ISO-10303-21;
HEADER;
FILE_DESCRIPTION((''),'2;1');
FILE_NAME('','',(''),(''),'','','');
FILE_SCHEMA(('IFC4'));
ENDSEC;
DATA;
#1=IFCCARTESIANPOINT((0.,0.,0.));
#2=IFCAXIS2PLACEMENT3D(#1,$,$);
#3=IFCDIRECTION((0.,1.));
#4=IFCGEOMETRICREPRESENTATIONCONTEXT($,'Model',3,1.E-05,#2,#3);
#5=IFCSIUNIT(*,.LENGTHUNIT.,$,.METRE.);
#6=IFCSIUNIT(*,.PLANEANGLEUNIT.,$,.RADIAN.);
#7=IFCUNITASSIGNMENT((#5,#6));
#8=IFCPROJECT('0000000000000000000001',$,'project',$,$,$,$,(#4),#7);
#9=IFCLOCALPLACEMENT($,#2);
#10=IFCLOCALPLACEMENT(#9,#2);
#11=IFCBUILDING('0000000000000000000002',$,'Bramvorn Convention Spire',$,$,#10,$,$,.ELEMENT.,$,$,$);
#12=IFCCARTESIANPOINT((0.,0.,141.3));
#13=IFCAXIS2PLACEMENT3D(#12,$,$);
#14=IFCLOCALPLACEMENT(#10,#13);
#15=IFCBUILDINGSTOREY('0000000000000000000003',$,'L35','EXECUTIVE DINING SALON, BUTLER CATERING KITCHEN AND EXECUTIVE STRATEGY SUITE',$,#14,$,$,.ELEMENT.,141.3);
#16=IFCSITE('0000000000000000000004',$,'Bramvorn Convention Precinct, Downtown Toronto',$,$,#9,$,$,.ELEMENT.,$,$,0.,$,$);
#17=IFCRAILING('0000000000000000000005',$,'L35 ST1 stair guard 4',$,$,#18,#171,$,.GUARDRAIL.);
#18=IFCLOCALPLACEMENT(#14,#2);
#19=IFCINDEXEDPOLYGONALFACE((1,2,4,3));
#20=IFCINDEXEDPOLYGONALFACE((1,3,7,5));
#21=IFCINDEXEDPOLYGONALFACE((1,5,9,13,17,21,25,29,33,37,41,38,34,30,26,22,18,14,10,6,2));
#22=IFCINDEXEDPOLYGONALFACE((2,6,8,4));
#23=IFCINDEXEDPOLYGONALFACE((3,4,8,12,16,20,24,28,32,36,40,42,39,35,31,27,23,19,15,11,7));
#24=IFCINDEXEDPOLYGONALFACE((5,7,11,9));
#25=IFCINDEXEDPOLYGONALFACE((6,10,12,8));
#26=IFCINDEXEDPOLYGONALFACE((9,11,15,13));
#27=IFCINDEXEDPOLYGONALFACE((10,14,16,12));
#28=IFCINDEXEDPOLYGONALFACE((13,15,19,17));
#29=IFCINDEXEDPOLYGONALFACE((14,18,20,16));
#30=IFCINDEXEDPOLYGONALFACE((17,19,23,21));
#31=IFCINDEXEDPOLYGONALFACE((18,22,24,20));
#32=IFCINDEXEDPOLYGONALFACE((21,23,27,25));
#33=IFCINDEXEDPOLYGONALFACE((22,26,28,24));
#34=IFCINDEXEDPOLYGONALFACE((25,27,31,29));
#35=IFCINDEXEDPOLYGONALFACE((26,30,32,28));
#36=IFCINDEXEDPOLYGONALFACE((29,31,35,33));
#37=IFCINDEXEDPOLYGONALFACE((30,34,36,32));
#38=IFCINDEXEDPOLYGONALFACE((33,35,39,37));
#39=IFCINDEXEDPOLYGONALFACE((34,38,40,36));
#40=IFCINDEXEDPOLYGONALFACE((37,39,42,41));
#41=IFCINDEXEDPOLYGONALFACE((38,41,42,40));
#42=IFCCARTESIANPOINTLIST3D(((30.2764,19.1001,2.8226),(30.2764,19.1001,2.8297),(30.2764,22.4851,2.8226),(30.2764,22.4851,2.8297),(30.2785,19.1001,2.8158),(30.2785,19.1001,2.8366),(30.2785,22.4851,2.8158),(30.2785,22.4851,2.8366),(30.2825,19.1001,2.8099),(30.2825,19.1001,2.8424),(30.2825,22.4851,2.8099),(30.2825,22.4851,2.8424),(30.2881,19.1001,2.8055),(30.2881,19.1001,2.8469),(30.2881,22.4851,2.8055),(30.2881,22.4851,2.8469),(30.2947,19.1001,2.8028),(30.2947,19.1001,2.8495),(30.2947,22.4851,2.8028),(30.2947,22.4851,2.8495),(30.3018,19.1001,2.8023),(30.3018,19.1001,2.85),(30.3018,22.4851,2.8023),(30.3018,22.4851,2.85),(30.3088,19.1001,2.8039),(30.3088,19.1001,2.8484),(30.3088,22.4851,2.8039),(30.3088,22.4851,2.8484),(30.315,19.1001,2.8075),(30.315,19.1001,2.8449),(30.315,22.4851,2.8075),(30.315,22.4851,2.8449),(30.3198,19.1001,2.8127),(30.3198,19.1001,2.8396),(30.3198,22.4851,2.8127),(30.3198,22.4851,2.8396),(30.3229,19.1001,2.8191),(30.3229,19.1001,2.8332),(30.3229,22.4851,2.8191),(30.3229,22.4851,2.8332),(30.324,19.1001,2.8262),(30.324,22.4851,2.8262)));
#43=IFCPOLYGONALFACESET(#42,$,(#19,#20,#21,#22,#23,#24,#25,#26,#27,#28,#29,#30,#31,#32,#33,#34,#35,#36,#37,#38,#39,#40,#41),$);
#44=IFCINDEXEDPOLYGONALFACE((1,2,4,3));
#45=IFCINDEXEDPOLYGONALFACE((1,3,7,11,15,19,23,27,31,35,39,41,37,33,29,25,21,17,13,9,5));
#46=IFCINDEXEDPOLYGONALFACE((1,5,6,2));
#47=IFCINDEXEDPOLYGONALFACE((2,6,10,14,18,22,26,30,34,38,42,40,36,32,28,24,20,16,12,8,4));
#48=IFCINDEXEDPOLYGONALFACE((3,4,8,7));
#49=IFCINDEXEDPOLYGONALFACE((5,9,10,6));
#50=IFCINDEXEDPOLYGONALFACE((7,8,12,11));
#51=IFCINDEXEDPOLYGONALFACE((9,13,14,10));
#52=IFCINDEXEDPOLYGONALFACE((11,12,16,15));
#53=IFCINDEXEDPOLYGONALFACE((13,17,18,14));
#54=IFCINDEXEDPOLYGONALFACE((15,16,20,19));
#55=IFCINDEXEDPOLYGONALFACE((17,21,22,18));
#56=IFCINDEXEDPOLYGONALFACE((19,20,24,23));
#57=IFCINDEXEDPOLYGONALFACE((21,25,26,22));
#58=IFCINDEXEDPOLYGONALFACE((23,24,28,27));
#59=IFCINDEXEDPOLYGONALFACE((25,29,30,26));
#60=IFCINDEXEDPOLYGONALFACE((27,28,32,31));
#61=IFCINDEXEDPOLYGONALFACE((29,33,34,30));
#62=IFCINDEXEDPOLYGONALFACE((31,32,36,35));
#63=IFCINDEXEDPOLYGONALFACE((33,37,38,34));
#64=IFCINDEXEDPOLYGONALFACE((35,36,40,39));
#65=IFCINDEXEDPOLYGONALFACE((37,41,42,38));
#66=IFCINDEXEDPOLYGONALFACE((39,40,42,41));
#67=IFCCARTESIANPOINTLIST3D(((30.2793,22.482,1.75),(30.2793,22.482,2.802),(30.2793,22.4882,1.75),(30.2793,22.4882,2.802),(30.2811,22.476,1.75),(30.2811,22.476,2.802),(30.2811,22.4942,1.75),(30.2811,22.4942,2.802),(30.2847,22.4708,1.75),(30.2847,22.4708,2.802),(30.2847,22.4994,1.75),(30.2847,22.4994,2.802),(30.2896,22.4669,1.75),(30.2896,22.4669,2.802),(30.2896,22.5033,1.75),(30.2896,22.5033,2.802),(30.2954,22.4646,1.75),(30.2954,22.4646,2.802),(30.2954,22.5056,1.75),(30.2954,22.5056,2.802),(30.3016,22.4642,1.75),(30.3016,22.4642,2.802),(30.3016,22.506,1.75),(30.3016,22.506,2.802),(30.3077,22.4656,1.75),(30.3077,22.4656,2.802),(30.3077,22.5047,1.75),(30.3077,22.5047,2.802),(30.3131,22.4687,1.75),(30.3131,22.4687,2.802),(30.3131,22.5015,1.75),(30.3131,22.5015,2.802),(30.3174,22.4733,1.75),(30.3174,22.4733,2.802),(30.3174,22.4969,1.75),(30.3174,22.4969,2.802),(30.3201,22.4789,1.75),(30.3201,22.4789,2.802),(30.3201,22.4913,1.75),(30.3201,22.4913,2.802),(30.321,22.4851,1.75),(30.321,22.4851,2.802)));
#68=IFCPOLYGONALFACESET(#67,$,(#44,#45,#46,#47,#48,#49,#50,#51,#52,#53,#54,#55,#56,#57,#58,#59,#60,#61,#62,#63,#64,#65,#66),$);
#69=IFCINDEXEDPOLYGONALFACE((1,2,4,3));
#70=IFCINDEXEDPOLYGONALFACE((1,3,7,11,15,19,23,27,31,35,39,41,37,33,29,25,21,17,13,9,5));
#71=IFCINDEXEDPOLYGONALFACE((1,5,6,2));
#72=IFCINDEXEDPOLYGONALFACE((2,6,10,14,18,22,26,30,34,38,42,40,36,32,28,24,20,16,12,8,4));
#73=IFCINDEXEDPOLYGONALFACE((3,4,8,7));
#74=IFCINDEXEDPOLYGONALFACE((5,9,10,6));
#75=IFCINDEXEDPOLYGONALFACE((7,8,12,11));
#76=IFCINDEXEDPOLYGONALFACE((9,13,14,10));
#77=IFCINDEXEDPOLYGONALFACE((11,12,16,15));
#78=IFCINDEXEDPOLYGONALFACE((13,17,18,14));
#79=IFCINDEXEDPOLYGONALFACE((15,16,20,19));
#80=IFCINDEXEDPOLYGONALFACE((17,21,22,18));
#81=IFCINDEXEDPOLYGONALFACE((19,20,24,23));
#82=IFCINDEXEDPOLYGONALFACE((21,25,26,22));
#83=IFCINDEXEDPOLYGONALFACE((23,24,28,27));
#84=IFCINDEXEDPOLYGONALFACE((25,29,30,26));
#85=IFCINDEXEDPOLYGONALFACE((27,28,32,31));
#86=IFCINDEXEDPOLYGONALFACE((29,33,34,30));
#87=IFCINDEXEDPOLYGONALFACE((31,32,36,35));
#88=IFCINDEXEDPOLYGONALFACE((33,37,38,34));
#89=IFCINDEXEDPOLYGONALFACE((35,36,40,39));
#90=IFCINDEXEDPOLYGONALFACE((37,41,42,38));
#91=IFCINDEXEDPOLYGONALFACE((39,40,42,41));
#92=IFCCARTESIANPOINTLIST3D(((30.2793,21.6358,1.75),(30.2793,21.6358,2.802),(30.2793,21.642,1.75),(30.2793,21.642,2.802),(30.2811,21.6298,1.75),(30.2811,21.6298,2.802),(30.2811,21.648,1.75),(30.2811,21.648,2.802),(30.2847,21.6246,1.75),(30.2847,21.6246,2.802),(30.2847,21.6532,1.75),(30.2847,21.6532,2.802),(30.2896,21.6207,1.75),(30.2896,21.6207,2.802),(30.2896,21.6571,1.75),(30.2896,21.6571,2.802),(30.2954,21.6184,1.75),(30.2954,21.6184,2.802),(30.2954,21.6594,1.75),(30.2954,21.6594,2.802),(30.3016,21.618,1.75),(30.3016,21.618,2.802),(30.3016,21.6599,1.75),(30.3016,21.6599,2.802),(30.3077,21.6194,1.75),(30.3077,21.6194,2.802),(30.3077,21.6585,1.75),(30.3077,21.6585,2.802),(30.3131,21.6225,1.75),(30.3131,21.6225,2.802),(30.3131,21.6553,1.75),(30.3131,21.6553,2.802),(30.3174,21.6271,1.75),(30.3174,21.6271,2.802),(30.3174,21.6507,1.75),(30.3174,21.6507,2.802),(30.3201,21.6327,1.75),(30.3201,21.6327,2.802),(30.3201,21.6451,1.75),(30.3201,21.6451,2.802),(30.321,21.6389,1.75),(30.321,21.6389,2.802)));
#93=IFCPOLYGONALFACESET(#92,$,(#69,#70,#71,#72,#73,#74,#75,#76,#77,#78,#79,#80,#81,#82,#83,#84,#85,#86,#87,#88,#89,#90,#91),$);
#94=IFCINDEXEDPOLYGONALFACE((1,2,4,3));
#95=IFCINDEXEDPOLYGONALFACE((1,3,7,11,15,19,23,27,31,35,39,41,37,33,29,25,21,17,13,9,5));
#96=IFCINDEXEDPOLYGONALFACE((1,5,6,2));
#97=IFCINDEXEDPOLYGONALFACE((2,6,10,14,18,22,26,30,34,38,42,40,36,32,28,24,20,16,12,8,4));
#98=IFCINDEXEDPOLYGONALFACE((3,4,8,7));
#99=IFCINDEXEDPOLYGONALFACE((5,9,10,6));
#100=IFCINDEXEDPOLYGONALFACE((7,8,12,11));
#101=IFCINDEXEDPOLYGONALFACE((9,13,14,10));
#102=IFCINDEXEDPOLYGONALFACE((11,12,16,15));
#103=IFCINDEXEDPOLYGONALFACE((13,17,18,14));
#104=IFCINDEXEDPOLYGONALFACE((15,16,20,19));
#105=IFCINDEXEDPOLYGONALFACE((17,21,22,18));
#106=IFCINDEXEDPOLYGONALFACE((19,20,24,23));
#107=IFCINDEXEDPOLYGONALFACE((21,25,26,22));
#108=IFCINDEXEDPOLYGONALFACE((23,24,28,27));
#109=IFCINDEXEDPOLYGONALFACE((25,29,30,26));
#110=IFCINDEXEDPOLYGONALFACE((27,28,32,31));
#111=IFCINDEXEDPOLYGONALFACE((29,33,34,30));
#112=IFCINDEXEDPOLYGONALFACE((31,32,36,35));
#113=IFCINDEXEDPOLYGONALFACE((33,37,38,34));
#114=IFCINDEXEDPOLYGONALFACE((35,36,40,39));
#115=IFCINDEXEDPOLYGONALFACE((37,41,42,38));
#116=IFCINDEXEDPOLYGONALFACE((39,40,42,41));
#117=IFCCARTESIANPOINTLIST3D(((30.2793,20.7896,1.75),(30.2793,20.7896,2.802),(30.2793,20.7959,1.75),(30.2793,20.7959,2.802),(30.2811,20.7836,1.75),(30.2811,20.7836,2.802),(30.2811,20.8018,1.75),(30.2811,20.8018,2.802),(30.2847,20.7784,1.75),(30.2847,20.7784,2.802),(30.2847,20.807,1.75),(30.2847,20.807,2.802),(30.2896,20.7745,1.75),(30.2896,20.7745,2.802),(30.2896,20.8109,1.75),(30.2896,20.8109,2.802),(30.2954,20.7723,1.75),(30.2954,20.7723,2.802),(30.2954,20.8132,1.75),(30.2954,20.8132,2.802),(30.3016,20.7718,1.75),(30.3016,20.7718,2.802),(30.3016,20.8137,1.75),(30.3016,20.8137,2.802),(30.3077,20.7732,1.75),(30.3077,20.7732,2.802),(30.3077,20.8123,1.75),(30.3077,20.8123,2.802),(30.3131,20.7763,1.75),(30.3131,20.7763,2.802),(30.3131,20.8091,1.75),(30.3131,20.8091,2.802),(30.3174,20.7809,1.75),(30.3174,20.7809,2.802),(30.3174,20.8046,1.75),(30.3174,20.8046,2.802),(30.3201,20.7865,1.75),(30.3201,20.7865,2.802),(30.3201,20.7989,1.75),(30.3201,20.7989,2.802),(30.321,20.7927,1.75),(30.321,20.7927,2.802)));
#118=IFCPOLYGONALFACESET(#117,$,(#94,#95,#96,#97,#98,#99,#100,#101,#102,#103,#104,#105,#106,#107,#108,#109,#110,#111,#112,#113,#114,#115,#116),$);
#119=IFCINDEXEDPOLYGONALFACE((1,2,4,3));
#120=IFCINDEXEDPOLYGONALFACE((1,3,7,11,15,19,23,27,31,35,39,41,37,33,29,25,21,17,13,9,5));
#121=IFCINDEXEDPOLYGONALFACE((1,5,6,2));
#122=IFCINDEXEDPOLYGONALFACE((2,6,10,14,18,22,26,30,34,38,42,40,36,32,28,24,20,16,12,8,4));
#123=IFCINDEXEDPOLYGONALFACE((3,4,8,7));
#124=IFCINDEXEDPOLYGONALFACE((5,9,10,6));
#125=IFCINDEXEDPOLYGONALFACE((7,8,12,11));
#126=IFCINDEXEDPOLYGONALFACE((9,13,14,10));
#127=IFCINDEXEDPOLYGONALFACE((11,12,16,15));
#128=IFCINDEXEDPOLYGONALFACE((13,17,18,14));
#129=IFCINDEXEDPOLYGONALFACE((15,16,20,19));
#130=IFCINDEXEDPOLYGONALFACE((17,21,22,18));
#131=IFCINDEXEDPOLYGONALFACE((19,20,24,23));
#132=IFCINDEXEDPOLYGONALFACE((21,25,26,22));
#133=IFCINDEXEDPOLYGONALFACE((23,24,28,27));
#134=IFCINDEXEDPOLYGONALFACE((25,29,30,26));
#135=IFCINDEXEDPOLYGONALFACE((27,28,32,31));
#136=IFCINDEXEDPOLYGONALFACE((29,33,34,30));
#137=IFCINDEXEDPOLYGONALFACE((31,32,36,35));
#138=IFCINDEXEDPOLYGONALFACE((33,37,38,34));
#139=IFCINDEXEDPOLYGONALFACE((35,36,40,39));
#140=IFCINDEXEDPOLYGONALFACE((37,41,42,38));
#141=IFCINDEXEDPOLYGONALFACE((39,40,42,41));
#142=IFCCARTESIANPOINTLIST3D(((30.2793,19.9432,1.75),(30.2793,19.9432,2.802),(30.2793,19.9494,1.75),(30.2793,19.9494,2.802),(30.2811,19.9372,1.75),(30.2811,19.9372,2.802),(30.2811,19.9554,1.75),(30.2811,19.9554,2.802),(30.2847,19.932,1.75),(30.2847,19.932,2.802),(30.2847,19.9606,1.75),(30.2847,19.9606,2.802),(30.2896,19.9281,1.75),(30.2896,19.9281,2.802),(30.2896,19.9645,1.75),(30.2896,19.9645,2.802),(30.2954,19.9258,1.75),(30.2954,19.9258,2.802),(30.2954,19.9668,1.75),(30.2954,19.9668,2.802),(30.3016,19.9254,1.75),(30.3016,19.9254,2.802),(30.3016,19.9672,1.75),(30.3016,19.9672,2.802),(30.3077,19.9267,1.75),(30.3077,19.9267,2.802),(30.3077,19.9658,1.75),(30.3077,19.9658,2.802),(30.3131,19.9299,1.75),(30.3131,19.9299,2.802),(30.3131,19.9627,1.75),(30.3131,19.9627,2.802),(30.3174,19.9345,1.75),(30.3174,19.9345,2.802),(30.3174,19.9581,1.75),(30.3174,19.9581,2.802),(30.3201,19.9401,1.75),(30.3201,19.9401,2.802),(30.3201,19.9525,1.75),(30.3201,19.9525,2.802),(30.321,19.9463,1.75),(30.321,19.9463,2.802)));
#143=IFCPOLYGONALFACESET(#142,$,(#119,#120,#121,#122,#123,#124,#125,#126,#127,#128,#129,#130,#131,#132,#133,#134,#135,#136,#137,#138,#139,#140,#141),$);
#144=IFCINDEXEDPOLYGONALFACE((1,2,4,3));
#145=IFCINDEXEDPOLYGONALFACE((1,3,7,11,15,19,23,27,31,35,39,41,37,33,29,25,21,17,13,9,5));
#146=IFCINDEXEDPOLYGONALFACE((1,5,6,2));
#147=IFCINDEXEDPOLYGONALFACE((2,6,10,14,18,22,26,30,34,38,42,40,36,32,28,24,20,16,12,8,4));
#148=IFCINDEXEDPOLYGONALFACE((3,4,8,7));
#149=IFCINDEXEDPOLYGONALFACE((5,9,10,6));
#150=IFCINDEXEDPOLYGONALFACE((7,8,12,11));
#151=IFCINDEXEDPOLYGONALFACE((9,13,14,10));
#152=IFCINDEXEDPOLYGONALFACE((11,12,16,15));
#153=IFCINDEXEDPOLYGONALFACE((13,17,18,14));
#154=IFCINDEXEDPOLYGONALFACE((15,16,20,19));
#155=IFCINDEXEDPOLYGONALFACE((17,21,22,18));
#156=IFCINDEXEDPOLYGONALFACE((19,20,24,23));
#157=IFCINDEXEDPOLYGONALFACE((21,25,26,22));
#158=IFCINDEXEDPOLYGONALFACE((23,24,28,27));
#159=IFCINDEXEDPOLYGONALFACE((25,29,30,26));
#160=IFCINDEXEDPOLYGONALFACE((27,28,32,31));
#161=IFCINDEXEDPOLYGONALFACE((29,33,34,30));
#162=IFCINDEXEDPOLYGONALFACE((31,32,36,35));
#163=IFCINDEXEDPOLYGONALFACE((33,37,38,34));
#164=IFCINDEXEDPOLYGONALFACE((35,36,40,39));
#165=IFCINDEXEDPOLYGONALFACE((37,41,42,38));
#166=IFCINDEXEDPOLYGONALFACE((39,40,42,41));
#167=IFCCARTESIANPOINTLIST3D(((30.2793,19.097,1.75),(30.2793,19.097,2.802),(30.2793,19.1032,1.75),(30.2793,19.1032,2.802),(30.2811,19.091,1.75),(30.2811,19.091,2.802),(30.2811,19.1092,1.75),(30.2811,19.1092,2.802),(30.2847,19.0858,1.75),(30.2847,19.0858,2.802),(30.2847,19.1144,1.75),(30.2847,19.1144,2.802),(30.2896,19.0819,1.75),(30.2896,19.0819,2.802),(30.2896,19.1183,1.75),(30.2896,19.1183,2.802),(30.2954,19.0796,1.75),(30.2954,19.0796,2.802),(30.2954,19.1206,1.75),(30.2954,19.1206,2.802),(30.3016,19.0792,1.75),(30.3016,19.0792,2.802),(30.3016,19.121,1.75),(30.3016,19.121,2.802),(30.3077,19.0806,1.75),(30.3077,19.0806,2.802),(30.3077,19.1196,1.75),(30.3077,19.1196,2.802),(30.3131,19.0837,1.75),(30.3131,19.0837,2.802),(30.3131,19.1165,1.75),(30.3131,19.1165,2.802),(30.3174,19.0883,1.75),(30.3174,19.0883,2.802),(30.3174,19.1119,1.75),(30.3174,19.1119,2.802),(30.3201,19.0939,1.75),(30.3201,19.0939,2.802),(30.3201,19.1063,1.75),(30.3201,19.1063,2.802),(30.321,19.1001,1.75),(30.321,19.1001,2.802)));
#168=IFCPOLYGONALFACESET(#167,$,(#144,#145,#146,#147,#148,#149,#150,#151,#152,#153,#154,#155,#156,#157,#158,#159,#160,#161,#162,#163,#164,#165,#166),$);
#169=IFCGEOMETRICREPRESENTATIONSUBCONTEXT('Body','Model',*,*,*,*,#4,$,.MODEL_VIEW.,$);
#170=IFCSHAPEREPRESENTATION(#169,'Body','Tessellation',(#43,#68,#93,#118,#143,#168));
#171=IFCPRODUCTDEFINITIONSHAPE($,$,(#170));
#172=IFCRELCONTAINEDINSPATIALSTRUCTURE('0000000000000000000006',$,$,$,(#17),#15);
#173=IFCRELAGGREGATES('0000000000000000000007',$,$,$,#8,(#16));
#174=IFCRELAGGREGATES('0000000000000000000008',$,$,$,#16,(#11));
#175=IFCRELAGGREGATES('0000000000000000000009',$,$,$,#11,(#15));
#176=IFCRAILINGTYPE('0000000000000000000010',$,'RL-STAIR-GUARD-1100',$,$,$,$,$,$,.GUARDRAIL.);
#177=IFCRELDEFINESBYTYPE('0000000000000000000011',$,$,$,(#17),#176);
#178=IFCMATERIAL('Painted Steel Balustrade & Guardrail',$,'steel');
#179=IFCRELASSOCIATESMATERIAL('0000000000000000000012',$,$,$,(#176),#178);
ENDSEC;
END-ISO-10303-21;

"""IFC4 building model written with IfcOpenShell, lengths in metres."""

from ifc_helpers import new_model, si_unit, direction, frame, origin, origin_2d, place, context, subcontext, project, spatial, circle, extrude, material, type_object, element, save


model = new_model("IFC4")

# Units and contexts
model_context = context("Model", 3, precision=1e-05, world=origin(), true_north=direction((0.0, 1.0)))
body_context = subcontext(model_context, "Body", "Model", "MODEL_VIEW")
ifc_project = project(units=[si_unit("LENGTHUNIT", "METRE"), si_unit("PLANEANGLEUNIT", "RADIAN")], contexts=[model_context])

# Site, building, storey
site_placement = place(None, origin())
site = spatial("IfcSite", under=ifc_project, at=site_placement, Name="Bramvorn Convention Precinct, Downtown Toronto", CompositionType="ELEMENT", RefElevation=0.0)
building_placement = place(site_placement, origin())
building = spatial("IfcBuilding", under=site, at=building_placement, Name="Bramvorn Convention Spire", CompositionType="ELEMENT")
storey_placement = place(building_placement, frame((0.0, 0.0, 141.3)))
storey = spatial("IfcBuildingStorey", under=building, at=storey_placement, Name="L35", Description="EXECUTIVE DINING SALON, BUTLER CATERING KITCHEN AND EXECUTIVE STRATEGY SUITE", CompositionType="ELEMENT", Elevation=141.3)

# Railing
ifc_material_1 = material(Name="Painted Steel Balustrade & Guardrail", Category="steel")
railing_type_1 = type_object("IfcRailingType", Name="RL-STAIR-GUARD-1100", PredefinedType="GUARDRAIL", material=ifc_material_1)
for number, where, name in (
    (1, (30.3, 22.4851, 1.75), "L35 ST1 stair guard 4"),
):
    element("IfcRailing", number, at=place(storey_placement, frame(where)), inside=storey, type_object=railing_type_1, Name=name, PredefinedType="GUARDRAIL", context=body_context, shape_type="SweptSolid", body=[
        extrude(circle(Radius=0.0239, at=origin_2d()), frame((0.0, 0.0, 1.0762), z_axis=(0.0, -1.0, 0.0), x_axis=(1.0, 0.0, 0.0)), (0.0, 0.0, 1.0), 3.385),
        extrude(circle(Radius=0.021, at=origin_2d()), origin(), (0.0, 0.0, 1.0), 1.052),
        extrude(circle(Radius=0.021, at=origin_2d()), frame((0.0, -0.8462, 0.0)), (0.0, 0.0, 1.0), 1.052),
        extrude(circle(Radius=0.021, at=origin_2d()), frame((0.0, -1.6924, 0.0)), (0.0, 0.0, 1.0), 1.052),
        extrude(circle(Radius=0.021, at=origin_2d()), frame((0.0, -2.5388, 0.0)), (0.0, 0.0, 1.0), 1.052),
        extrude(circle(Radius=0.021, at=origin_2d()), frame((0.0, -3.385, 0.0)), (0.0, 0.0, 1.0), 1.052),
    ])

save(model, "model.ifc")
